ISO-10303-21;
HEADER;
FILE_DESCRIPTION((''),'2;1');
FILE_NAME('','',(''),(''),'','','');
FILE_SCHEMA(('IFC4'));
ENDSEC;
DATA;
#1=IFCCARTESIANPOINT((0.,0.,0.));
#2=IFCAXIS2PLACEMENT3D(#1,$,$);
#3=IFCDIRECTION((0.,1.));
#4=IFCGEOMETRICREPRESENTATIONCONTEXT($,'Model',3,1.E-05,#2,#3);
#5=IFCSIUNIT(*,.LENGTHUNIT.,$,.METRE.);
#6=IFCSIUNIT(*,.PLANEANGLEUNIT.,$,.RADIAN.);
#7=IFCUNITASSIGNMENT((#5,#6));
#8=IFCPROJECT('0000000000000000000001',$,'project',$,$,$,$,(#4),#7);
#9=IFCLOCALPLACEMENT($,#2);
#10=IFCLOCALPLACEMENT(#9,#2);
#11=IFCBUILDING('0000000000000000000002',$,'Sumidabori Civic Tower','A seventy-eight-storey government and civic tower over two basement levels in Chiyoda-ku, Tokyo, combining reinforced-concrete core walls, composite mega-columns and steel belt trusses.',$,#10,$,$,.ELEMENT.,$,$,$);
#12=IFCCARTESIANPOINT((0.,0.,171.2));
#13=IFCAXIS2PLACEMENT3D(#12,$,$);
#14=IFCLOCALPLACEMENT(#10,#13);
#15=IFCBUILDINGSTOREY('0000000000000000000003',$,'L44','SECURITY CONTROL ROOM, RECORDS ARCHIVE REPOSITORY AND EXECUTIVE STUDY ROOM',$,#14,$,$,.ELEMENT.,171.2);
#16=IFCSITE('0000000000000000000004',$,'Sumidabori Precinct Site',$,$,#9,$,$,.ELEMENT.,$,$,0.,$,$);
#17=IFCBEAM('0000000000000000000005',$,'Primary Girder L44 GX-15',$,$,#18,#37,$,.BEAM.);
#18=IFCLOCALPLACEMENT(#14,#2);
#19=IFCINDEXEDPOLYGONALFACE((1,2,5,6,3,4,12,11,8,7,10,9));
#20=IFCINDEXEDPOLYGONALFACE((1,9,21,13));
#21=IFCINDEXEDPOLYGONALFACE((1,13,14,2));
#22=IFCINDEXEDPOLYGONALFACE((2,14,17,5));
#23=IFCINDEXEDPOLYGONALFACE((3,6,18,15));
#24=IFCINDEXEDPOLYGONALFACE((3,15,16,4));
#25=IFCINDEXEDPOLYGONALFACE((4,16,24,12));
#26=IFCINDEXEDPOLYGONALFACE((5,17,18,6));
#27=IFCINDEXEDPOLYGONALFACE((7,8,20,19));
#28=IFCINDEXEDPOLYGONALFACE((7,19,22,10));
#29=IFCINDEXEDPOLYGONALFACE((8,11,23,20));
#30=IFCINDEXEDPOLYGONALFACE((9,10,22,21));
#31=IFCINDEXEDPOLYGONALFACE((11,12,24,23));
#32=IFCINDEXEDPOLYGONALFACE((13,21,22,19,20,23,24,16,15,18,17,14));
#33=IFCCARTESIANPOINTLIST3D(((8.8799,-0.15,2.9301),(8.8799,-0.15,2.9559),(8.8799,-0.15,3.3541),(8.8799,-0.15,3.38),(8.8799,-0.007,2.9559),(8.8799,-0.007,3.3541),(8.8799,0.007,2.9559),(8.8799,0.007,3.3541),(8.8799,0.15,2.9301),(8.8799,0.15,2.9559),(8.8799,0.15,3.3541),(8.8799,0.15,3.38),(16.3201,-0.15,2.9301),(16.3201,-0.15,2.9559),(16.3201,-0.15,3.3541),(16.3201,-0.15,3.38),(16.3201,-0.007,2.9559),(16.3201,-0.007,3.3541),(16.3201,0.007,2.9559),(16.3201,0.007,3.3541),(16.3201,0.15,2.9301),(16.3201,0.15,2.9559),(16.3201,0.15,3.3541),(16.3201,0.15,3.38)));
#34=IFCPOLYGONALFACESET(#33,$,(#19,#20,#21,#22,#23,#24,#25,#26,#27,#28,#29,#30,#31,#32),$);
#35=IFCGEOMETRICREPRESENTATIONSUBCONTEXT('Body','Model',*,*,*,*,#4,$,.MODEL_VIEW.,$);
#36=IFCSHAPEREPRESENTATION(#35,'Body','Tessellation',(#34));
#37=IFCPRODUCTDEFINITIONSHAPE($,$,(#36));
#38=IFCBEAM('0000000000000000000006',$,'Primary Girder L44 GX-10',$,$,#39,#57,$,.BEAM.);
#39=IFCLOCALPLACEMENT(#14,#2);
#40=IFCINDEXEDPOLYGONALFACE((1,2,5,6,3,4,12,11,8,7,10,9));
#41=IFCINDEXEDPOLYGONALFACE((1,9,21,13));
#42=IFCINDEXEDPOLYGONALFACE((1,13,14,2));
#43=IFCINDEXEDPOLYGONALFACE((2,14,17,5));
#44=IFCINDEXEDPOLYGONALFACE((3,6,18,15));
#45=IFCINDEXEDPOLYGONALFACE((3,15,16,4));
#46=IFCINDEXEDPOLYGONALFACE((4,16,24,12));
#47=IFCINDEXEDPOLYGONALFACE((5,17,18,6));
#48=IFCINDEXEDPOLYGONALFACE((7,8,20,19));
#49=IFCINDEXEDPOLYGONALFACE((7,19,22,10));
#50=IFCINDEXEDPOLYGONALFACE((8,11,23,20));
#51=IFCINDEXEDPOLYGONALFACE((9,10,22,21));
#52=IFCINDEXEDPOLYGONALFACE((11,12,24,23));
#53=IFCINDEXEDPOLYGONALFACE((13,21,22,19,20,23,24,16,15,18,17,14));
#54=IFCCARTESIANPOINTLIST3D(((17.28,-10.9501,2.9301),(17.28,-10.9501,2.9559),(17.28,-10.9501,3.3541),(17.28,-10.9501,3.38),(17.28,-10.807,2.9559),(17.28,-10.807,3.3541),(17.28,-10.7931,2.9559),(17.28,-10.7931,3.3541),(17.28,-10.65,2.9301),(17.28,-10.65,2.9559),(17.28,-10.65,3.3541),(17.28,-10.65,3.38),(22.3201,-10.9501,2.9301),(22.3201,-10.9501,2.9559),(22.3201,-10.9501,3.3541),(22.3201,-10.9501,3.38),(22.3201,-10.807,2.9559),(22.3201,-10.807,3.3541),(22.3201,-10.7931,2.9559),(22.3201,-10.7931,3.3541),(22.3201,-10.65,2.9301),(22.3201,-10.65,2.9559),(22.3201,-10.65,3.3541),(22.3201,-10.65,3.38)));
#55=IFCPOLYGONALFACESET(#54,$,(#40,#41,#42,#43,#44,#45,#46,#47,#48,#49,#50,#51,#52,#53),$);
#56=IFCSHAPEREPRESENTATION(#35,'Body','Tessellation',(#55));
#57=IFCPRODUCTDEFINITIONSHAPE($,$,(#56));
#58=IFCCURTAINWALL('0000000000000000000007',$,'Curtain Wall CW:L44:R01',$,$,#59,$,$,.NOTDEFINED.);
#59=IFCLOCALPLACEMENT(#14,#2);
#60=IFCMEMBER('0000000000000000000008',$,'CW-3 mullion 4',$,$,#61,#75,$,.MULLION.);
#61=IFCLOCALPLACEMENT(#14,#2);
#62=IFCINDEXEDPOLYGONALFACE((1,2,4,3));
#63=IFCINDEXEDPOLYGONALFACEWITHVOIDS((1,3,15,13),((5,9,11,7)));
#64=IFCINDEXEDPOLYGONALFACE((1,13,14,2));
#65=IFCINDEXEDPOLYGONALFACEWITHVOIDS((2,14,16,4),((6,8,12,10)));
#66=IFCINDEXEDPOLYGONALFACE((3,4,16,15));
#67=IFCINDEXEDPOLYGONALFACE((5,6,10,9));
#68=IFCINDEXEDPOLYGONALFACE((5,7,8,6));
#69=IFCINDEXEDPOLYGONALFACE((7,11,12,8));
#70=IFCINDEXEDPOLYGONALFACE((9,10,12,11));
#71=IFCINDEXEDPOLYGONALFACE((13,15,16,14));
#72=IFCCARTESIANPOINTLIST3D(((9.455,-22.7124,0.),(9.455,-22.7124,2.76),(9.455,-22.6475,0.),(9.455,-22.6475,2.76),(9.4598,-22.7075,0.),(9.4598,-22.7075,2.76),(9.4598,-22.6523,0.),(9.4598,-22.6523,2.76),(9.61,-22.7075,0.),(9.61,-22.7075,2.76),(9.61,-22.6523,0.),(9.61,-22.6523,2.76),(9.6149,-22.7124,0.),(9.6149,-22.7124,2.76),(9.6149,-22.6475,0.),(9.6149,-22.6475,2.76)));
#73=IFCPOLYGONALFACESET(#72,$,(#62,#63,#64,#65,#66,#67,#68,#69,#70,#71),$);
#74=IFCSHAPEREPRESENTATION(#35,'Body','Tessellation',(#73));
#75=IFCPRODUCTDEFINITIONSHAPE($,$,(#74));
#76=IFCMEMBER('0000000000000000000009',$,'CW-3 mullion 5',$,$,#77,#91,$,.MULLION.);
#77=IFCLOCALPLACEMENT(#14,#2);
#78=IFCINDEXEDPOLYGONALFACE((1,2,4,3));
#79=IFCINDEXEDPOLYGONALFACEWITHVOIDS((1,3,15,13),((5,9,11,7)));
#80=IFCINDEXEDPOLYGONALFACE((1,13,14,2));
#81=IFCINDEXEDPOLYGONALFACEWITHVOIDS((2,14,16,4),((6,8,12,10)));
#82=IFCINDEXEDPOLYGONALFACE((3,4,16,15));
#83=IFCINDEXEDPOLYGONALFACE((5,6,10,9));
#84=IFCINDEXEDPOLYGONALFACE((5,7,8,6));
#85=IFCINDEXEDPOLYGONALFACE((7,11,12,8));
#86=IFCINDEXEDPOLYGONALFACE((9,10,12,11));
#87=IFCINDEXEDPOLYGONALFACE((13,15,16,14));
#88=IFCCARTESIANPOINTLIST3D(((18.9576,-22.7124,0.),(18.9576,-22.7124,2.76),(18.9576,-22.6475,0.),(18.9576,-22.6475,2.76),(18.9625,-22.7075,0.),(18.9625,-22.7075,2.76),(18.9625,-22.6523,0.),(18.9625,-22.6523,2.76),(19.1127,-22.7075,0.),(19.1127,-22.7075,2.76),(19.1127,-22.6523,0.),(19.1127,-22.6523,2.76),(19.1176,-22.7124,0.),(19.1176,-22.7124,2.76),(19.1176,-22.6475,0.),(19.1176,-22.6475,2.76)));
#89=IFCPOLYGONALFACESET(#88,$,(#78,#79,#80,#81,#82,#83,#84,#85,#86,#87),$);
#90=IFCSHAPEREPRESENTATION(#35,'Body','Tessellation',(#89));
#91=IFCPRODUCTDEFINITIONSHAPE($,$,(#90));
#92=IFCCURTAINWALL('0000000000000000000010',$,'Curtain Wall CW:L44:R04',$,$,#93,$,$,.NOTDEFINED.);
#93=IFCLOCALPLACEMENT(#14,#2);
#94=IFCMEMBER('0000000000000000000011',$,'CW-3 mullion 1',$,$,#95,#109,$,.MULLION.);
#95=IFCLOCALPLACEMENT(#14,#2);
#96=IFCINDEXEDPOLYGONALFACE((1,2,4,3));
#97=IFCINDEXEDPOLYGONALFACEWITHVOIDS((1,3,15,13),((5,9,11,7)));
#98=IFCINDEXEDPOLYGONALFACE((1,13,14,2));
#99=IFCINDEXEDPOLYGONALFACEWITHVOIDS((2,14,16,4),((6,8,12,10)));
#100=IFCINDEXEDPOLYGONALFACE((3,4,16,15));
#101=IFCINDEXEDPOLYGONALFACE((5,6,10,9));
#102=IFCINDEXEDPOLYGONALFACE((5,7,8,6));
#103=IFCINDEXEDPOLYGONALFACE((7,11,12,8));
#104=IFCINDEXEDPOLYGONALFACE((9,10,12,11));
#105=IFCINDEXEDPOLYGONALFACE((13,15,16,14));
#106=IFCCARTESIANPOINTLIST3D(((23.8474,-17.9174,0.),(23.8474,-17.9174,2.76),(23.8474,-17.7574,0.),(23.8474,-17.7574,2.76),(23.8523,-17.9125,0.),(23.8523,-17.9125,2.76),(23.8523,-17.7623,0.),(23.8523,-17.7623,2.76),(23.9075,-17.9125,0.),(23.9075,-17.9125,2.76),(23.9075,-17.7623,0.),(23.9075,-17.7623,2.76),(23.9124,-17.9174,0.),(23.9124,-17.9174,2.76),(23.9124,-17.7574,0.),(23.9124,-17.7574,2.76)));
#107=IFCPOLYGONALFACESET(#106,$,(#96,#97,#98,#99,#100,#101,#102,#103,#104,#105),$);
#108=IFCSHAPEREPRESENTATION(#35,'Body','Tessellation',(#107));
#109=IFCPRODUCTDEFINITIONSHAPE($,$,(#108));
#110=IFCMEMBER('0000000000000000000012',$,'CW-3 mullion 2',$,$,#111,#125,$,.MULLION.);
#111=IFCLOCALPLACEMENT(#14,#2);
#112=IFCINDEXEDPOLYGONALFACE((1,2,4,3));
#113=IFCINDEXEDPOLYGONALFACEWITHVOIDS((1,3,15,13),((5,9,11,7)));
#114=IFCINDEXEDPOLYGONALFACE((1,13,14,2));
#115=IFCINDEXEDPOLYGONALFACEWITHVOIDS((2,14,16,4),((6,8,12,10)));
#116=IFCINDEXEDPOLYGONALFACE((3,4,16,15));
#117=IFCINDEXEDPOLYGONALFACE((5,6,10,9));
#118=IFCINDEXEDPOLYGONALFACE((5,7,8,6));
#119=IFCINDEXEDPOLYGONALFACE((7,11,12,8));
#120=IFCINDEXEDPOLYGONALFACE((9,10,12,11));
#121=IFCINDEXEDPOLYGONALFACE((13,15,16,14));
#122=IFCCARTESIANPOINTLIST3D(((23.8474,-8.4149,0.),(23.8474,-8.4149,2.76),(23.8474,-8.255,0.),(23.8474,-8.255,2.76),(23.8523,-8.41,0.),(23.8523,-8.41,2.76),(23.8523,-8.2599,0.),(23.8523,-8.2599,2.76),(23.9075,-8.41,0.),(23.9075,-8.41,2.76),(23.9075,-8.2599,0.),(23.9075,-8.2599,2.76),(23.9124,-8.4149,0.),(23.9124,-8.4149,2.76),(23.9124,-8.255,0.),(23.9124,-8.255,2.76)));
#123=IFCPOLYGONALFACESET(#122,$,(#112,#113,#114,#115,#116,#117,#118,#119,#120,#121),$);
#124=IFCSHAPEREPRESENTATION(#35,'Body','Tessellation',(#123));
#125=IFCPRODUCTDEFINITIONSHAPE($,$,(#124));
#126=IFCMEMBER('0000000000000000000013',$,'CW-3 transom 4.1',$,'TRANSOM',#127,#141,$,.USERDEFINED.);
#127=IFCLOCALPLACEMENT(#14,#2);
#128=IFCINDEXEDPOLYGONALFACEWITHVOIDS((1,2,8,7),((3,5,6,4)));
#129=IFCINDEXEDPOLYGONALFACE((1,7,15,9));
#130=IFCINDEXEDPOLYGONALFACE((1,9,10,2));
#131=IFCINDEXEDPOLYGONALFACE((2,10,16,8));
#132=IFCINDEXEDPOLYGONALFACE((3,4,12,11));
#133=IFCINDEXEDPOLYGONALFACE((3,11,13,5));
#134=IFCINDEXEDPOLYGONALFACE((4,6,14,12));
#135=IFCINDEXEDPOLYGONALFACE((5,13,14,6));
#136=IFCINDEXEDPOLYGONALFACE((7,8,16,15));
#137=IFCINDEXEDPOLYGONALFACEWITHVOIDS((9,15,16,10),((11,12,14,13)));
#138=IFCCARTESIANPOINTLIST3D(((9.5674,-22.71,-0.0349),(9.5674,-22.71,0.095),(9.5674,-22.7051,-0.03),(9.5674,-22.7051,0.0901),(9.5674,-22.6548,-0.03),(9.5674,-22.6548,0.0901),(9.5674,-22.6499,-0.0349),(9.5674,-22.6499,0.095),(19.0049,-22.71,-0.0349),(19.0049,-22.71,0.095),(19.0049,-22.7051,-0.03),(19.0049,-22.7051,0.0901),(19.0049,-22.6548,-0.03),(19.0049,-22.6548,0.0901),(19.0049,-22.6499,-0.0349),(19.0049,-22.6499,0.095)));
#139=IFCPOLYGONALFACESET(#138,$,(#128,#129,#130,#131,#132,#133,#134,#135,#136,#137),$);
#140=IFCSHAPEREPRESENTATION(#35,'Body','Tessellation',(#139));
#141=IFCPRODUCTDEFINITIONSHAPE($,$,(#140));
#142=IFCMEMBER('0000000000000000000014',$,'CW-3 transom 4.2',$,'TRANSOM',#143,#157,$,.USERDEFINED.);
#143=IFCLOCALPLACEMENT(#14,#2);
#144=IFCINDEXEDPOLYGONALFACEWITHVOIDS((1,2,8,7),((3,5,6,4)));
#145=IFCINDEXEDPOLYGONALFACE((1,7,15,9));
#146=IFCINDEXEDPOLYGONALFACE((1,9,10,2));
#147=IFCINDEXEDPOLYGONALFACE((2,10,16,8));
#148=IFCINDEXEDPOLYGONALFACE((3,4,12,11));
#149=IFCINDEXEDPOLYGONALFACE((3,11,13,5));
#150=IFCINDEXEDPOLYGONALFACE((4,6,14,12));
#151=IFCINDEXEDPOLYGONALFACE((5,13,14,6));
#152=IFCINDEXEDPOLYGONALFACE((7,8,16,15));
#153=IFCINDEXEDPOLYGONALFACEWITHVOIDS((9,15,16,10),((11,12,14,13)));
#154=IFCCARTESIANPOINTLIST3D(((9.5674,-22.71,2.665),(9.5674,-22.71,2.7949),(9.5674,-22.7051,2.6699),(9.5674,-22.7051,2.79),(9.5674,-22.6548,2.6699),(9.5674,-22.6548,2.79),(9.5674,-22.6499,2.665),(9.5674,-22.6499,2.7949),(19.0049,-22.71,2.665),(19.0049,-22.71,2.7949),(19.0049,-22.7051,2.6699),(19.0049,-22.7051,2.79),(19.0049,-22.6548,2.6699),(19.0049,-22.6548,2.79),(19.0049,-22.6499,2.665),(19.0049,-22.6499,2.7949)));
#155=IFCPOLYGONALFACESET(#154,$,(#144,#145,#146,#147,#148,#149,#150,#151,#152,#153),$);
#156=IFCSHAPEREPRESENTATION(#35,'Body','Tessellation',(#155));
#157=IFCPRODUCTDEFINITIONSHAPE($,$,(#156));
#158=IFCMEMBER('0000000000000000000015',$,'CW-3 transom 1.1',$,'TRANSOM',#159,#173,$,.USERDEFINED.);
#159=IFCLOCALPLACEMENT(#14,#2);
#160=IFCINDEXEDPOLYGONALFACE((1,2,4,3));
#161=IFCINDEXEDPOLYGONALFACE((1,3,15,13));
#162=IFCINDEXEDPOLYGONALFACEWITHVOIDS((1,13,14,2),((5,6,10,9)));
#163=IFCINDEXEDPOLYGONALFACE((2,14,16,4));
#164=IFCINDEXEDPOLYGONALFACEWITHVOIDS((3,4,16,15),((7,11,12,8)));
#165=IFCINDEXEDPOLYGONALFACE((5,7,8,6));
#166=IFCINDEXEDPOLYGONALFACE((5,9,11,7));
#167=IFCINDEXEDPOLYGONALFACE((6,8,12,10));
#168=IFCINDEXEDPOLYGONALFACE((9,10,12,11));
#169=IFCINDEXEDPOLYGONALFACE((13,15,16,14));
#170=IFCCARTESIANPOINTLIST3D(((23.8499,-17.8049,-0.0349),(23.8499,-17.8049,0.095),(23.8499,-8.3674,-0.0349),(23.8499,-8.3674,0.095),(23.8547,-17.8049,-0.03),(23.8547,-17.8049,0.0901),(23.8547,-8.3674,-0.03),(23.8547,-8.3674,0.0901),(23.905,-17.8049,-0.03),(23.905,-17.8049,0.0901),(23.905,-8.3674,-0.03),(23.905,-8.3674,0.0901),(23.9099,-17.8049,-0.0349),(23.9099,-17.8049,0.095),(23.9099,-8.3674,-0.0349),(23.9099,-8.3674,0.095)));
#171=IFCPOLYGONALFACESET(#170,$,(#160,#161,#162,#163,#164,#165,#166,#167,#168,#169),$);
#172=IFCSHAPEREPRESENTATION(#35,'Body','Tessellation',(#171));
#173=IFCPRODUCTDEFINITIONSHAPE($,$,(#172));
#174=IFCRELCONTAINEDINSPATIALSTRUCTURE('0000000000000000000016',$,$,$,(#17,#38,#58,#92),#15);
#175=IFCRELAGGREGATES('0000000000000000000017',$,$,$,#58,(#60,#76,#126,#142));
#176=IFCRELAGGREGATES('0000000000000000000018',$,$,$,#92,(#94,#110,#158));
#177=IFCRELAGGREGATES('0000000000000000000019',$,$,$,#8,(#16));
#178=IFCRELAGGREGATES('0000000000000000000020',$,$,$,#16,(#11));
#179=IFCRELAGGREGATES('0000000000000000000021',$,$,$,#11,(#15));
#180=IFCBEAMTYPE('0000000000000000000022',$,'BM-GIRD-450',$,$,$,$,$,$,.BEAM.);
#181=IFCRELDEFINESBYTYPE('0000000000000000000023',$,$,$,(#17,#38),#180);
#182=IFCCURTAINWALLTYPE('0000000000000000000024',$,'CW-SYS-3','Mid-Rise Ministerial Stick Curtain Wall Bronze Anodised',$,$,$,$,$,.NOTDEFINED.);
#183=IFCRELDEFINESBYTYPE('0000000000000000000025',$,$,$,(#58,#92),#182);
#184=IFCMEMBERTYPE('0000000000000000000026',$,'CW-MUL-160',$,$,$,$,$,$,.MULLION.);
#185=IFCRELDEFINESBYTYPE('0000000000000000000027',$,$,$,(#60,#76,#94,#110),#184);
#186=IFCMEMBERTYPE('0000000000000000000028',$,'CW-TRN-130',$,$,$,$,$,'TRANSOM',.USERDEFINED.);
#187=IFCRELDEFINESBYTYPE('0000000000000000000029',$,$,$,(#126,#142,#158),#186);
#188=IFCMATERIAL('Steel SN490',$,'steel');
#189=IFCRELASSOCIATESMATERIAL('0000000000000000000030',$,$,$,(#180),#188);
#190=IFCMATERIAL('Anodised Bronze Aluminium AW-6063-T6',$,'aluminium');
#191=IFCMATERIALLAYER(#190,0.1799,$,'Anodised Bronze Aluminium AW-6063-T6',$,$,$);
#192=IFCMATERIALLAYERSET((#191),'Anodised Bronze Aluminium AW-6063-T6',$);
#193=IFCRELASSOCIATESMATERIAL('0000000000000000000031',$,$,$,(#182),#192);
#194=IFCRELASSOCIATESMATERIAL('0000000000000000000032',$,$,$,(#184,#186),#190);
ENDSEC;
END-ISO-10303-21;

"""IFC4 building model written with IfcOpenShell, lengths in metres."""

from ifc_helpers import new_model, si_unit, direction, frame, origin, origin_2d, place, context, subcontext, project, spatial, hollow_rectangle, i_section, extrude, source, transform, mapped, material, layer, layer_set, material_profile, profile_set, type_object, element, aggregate, save


model = new_model("IFC4")

# Units and contexts
model_context = context("Model", 3, precision=1e-05, world=origin(), true_north=direction((0.0, 1.0)))
body_context = subcontext(model_context, "Body", "Model", "MODEL_VIEW")
ifc_project = project(units=[si_unit("LENGTHUNIT", "METRE"), si_unit("PLANEANGLEUNIT", "RADIAN")], contexts=[model_context])

# Site, building, storey
site_placement = place(None, origin())
site = spatial("IfcSite", under=ifc_project, at=site_placement, Name="Sumidabori Precinct Site", CompositionType="ELEMENT", RefElevation=0.0)
building_placement = place(site_placement, origin())
building = spatial("IfcBuilding", under=site, at=building_placement, Name="Sumidabori Civic Tower", Description="A seventy-eight-storey government and civic tower over two basement levels in Chiyoda-ku, Tokyo, combining reinforced-concrete core walls, composite mega-columns and steel belt trusses.", CompositionType="ELEMENT")
storey_placement = place(building_placement, frame((0.0, 0.0, 171.2)))
storey = spatial("IfcBuildingStorey", under=building, at=storey_placement, Name="L44", Description="SECURITY CONTROL ROOM, RECORDS ARCHIVE REPOSITORY AND EXECUTIVE STUDY ROOM", CompositionType="ELEMENT", Elevation=171.2)

# Beams
ifc_material_1 = material(Name="Steel SN490", Category="steel")
ifc_material_profile_1 = material_profile(ifc_material_1, i_section(OverallWidth=0.3, OverallDepth=0.45, WebThickness=0.0139, FlangeThickness=0.0259, at=origin_2d()), Name="HE 450 B")
ifc_profile_set_1 = profile_set([ifc_material_profile_1], Name="Steel SN490")
beam_type_1 = type_object("IfcBeamType", Name="BM-GIRD-450", PredefinedType="BEAM", material=ifc_profile_set_1)
shared_shape_1 = source(origin(), body_context, "Body", "SweptSolid", [
    extrude(i_section(OverallWidth=0.3, OverallDepth=0.45, WebThickness=0.0139, FlangeThickness=0.0259, at=origin_2d()), origin(), (0.0, 0.0, 1.0), 7.4402),
])
for number, where, z_axis, x_axis, name in (
    (1, (8.8799, 0.0, 3.155), (1.0, 0.0, 0.0), (0.0, 1.0, 0.0), "Primary Girder L44 GX-15"),
):
    element("IfcBeam", number, at=place(storey_placement, frame(where, z_axis=z_axis, x_axis=x_axis)), inside=storey, type_object=beam_type_1, Name=name, PredefinedType="BEAM", context=body_context, shape_type="MappedRepresentation", body=[
        mapped(shared_shape_1, transform((0.0, 0.0, 0.0), x_axis=(1.0, 0.0, 0.0), y_axis=(0.0, 1.0, 0.0), z_axis=(0.0, 0.0, 1.0), scale=1.0)),
    ])
shared_shape_2 = source(origin(), body_context, "Body", "SweptSolid", [
    extrude(i_section(OverallWidth=0.3, OverallDepth=0.45, WebThickness=0.0139, FlangeThickness=0.0259, at=origin_2d()), origin(), (0.0, 0.0, 1.0), 5.04),
])
beam_1_placement = place(storey_placement, frame((17.28, -10.8, 3.155), z_axis=(1.0, 0.0, 0.0), x_axis=(0.0, 1.0, 0.0)))
element("IfcBeam", 2, at=beam_1_placement, inside=storey, type_object=beam_type_1, Name="Primary Girder L44 GX-10", PredefinedType="BEAM", context=body_context, shape_type="MappedRepresentation", body=[
    mapped(shared_shape_2, transform((0.0, 0.0, 0.0), x_axis=(1.0, 0.0, 0.0), y_axis=(0.0, 1.0, 0.0), z_axis=(0.0, 0.0, 1.0), scale=1.0)),
])

# Curtain walls, members
ifc_material_2 = material(Name="Anodised Bronze Aluminium AW-6063-T6", Category="aluminium")
ifc_layer_1 = layer(ifc_material_2, 0.1799, Name="Anodised Bronze Aluminium AW-6063-T6")
ifc_layer_set_1 = layer_set([ifc_layer_1], Name="Anodised Bronze Aluminium AW-6063-T6")
curtain_wall_type = type_object("IfcCurtainWallType", Name="CW-SYS-3", Description="Mid-Rise Ministerial Stick Curtain Wall Bronze Anodised", PredefinedType="NOTDEFINED", material=ifc_layer_set_1)
curtain_wall_1_placement = place(storey_placement, origin())
curtain_wall_1 = element("IfcCurtainWall", 3, at=curtain_wall_1_placement, inside=storey, type_object=curtain_wall_type, Name="Curtain Wall CW:L44:R01", PredefinedType="NOTDEFINED")
ifc_material_profile_2 = material_profile(ifc_material_2, hollow_rectangle(XDim=0.0649, YDim=0.1599, WallThickness=0.0049, at=origin_2d()), Name="ALU MULLION 160x65")
ifc_profile_set_2 = profile_set([ifc_material_profile_2], Name="Anodised Bronze Aluminium AW-6063-T6")
member_type_1 = type_object("IfcMemberType", Name="CW-MUL-160", PredefinedType="MULLION", material=ifc_profile_set_2)
shared_shape_3 = source(origin(), body_context, "Body", "SweptSolid", [
    extrude(hollow_rectangle(XDim=0.0649, YDim=0.1599, WallThickness=0.0049, at=origin_2d()), origin(), (0.0, 0.0, 1.0), 2.76),
])
member_1_placement = place(storey_placement, frame((9.5349, -22.6799, 0.0), z_axis=(0.0, 0.0, 1.0), x_axis=(0.0, 1.0, 0.0)))
member_1 = element("IfcMember", 4, at=member_1_placement, type_object=member_type_1, Name="CW-3 mullion 4", PredefinedType="MULLION", context=body_context, shape_type="MappedRepresentation", body=[
    mapped(shared_shape_3, transform((0.0, 0.0, 0.0), x_axis=(1.0, 0.0, 0.0), y_axis=(0.0, 1.0, 0.0), z_axis=(0.0, 0.0, 1.0), scale=1.0)),
])
member_2_placement = place(storey_placement, frame((19.0376, -22.6799, 0.0), z_axis=(0.0, 0.0, 1.0), x_axis=(0.0, 1.0, 0.0)))
member_2 = element("IfcMember", 5, at=member_2_placement, type_object=member_type_1, Name="CW-3 mullion 5", PredefinedType="MULLION", context=body_context, shape_type="MappedRepresentation", body=[
    mapped(shared_shape_3, transform((0.0, 0.0, 0.0), x_axis=(1.0, 0.0, 0.0), y_axis=(0.0, 1.0, 0.0), z_axis=(0.0, 0.0, 1.0), scale=1.0)),
])
curtain_wall_2_placement = place(storey_placement, origin())
curtain_wall_2 = element("IfcCurtainWall", 6, at=curtain_wall_2_placement, inside=storey, type_object=curtain_wall_type, Name="Curtain Wall CW:L44:R04", PredefinedType="NOTDEFINED")
member_3_placement = place(storey_placement, frame((23.8799, -17.8374, 0.0), z_axis=(0.0, 0.0, 1.0), x_axis=(-1.0, 0.0, 0.0)))
member_3 = element("IfcMember", 7, at=member_3_placement, type_object=member_type_1, Name="CW-3 mullion 1", PredefinedType="MULLION", context=body_context, shape_type="MappedRepresentation", body=[
    mapped(shared_shape_3, transform((0.0, 0.0, 0.0), x_axis=(1.0, 0.0, 0.0), y_axis=(0.0, 1.0, 0.0), z_axis=(0.0, 0.0, 1.0), scale=1.0)),
])
member_4_placement = place(storey_placement, frame((23.8799, -8.335, 0.0), z_axis=(0.0, 0.0, 1.0), x_axis=(-1.0, 0.0, 0.0)))
member_4 = element("IfcMember", 8, at=member_4_placement, type_object=member_type_1, Name="CW-3 mullion 2", PredefinedType="MULLION", context=body_context, shape_type="MappedRepresentation", body=[
    mapped(shared_shape_3, transform((0.0, 0.0, 0.0), x_axis=(1.0, 0.0, 0.0), y_axis=(0.0, 1.0, 0.0), z_axis=(0.0, 0.0, 1.0), scale=1.0)),
])

# Members
ifc_material_profile_3 = material_profile(ifc_material_2, hollow_rectangle(XDim=0.0601, YDim=0.1299, WallThickness=0.0049, at=origin_2d()), Name="ALU TRANSOM 130x60")
ifc_profile_set_3 = profile_set([ifc_material_profile_3], Name="Anodised Bronze Aluminium AW-6063-T6")
member_type_2 = type_object("IfcMemberType", Name="CW-TRN-130", ElementType="TRANSOM", PredefinedType="USERDEFINED", material=ifc_profile_set_3)
shared_shape_4 = source(origin(), body_context, "Body", "SweptSolid", [
    extrude(hollow_rectangle(XDim=0.0601, YDim=0.1299, WallThickness=0.0049, at=origin_2d()), origin(), (0.0, 0.0, 1.0), 9.4375),
])
member_5_placement = place(storey_placement, frame((9.5674, -22.6799, 0.03), z_axis=(1.0, 0.0, 0.0), x_axis=(0.0, 1.0, 0.0)))
member_5 = element("IfcMember", 9, at=member_5_placement, type_object=member_type_2, Name="CW-3 transom 4.1", ObjectType="TRANSOM", PredefinedType="USERDEFINED", context=body_context, shape_type="MappedRepresentation", body=[
    mapped(shared_shape_4, transform((0.0, 0.0, 0.0), x_axis=(1.0, 0.0, 0.0), y_axis=(0.0, 1.0, 0.0), z_axis=(0.0, 0.0, 1.0), scale=1.0)),
])
member_6_placement = place(storey_placement, frame((9.5674, -22.6799, 2.73), z_axis=(1.0, 0.0, 0.0), x_axis=(0.0, 1.0, 0.0)))
member_6 = element("IfcMember", 10, at=member_6_placement, type_object=member_type_2, Name="CW-3 transom 4.2", ObjectType="TRANSOM", PredefinedType="USERDEFINED", context=body_context, shape_type="MappedRepresentation", body=[
    mapped(shared_shape_4, transform((0.0, 0.0, 0.0), x_axis=(1.0, 0.0, 0.0), y_axis=(0.0, 1.0, 0.0), z_axis=(0.0, 0.0, 1.0), scale=1.0)),
])
member_7_placement = place(storey_placement, frame((23.8799, -17.8049, 0.03), z_axis=(0.0, 1.0, 0.0), x_axis=(-1.0, 0.0, 0.0)))
member_7 = element("IfcMember", 11, at=member_7_placement, type_object=member_type_2, Name="CW-3 transom 1.1", ObjectType="TRANSOM", PredefinedType="USERDEFINED", context=body_context, shape_type="MappedRepresentation", body=[
    mapped(shared_shape_4, transform((0.0, 0.0, 0.0), x_axis=(1.0, 0.0, 0.0), y_axis=(0.0, 1.0, 0.0), z_axis=(0.0, 0.0, 1.0), scale=1.0)),
])

aggregate(curtain_wall_1, [member_1, member_2, member_5, member_6])
aggregate(curtain_wall_2, [member_3, member_4, member_7])

save(model, "model.ifc")
